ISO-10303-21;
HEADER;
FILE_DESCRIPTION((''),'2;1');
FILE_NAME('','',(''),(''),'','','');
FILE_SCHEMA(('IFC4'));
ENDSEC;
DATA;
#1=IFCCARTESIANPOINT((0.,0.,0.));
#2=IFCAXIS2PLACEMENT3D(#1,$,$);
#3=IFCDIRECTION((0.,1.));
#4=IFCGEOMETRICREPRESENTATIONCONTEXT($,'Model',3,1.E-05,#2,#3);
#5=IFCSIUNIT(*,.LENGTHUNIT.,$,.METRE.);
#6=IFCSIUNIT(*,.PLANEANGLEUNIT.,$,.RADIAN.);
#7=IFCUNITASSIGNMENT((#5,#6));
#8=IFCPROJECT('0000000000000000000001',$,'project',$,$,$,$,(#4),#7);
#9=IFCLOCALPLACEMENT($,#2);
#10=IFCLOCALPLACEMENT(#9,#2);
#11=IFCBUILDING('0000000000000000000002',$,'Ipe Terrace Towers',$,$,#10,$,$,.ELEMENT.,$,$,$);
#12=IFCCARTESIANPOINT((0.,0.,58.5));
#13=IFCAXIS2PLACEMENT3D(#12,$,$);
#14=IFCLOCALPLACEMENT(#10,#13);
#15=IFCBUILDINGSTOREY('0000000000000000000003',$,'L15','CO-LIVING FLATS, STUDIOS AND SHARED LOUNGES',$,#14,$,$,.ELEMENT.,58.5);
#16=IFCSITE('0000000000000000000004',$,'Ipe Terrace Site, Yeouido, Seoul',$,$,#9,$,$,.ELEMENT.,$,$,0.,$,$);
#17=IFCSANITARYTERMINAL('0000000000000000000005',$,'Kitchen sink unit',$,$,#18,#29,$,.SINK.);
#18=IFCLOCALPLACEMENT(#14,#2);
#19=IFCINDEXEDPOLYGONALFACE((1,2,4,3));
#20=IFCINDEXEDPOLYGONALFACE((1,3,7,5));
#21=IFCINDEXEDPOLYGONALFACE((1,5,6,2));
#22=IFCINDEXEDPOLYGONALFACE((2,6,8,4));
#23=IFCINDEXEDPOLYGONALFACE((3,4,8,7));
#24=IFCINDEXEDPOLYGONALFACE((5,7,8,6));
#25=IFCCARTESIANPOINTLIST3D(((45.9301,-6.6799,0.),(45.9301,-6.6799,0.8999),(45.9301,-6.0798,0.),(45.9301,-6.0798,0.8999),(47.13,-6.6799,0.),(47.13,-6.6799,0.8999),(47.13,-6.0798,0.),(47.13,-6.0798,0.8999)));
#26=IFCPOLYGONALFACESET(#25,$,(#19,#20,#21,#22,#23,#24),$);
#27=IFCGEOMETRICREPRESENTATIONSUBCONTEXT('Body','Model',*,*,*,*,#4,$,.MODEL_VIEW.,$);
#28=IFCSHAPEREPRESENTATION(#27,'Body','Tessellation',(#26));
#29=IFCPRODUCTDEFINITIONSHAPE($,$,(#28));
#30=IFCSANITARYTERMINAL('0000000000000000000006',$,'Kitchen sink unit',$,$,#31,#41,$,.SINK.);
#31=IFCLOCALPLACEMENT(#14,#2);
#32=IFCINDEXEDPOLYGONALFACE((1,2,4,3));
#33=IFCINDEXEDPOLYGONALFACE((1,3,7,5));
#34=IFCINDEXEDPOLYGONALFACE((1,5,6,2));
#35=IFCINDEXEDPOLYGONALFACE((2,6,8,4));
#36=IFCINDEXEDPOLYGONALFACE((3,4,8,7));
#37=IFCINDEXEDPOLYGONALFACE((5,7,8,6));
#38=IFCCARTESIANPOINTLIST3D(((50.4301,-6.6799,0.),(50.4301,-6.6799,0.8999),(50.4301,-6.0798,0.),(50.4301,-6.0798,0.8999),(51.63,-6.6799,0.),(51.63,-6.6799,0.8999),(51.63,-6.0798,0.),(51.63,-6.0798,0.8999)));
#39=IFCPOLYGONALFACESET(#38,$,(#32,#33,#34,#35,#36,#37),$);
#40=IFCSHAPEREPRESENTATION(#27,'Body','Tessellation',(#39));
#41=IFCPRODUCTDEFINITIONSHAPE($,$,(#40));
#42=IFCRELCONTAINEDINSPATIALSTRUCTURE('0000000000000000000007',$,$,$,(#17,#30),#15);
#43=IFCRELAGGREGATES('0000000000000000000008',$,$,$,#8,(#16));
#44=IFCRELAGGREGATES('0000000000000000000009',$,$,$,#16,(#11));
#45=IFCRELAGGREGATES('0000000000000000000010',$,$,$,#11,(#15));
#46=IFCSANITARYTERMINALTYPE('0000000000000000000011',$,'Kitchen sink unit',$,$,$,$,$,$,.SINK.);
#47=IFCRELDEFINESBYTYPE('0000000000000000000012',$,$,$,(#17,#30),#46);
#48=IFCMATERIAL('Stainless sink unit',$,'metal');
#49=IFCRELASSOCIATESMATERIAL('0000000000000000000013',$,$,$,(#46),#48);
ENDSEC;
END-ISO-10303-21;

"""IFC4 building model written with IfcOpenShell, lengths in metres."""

from ifc_helpers import new_model, si_unit, direction, frame, origin, origin_2d, place, context, subcontext, project, spatial, rectangle, extrude, material, type_object, element, save


model = new_model("IFC4")

# Units and contexts
model_context = context("Model", 3, precision=1e-05, world=origin(), true_north=direction((0.0, 1.0)))
body_context = subcontext(model_context, "Body", "Model", "MODEL_VIEW")
ifc_project = project(units=[si_unit("LENGTHUNIT", "METRE"), si_unit("PLANEANGLEUNIT", "RADIAN")], contexts=[model_context])

# Site, building, storey
site_placement = place(None, origin())
site = spatial("IfcSite", under=ifc_project, at=site_placement, Name="Ipe Terrace Site, Yeouido, Seoul", CompositionType="ELEMENT", RefElevation=0.0)
building_placement = place(site_placement, origin())
building = spatial("IfcBuilding", under=site, at=building_placement, Name="Ipe Terrace Towers", CompositionType="ELEMENT")
storey_placement = place(building_placement, frame((0.0, 0.0, 58.5)))
storey = spatial("IfcBuildingStorey", under=building, at=storey_placement, Name="L15", Description="CO-LIVING FLATS, STUDIOS AND SHARED LOUNGES", CompositionType="ELEMENT", Elevation=58.5)

# Sanitary terminals
ifc_material_1 = material(Name="Stainless sink unit", Category="metal")
sanitary_terminal_type = type_object("IfcSanitaryTerminalType", Name="Kitchen sink unit", PredefinedType="SINK", material=ifc_material_1)
for number, where, z_axis, x_axis, name in (
    (1, (46.53, -6.3799, 0.0), (0.0, 0.0, 1.0), (-1.0, 0.0, 0.0), "Kitchen sink unit"),
    (2, (51.03, -6.3799, 0.0), (0.0, 0.0, 1.0), (-1.0, 0.0, 0.0), "Kitchen sink unit"),
):
    element("IfcSanitaryTerminal", number, at=place(storey_placement, frame(where, z_axis=z_axis, x_axis=x_axis)), inside=storey, type_object=sanitary_terminal_type, Name=name, PredefinedType="SINK", context=body_context, shape_type="SweptSolid", body=[
        extrude(rectangle(XDim=1.2, YDim=0.6001, at=origin_2d()), origin(), (0.0, 0.0, 1.0), 0.8999),
    ])

save(model, "model.ifc")
